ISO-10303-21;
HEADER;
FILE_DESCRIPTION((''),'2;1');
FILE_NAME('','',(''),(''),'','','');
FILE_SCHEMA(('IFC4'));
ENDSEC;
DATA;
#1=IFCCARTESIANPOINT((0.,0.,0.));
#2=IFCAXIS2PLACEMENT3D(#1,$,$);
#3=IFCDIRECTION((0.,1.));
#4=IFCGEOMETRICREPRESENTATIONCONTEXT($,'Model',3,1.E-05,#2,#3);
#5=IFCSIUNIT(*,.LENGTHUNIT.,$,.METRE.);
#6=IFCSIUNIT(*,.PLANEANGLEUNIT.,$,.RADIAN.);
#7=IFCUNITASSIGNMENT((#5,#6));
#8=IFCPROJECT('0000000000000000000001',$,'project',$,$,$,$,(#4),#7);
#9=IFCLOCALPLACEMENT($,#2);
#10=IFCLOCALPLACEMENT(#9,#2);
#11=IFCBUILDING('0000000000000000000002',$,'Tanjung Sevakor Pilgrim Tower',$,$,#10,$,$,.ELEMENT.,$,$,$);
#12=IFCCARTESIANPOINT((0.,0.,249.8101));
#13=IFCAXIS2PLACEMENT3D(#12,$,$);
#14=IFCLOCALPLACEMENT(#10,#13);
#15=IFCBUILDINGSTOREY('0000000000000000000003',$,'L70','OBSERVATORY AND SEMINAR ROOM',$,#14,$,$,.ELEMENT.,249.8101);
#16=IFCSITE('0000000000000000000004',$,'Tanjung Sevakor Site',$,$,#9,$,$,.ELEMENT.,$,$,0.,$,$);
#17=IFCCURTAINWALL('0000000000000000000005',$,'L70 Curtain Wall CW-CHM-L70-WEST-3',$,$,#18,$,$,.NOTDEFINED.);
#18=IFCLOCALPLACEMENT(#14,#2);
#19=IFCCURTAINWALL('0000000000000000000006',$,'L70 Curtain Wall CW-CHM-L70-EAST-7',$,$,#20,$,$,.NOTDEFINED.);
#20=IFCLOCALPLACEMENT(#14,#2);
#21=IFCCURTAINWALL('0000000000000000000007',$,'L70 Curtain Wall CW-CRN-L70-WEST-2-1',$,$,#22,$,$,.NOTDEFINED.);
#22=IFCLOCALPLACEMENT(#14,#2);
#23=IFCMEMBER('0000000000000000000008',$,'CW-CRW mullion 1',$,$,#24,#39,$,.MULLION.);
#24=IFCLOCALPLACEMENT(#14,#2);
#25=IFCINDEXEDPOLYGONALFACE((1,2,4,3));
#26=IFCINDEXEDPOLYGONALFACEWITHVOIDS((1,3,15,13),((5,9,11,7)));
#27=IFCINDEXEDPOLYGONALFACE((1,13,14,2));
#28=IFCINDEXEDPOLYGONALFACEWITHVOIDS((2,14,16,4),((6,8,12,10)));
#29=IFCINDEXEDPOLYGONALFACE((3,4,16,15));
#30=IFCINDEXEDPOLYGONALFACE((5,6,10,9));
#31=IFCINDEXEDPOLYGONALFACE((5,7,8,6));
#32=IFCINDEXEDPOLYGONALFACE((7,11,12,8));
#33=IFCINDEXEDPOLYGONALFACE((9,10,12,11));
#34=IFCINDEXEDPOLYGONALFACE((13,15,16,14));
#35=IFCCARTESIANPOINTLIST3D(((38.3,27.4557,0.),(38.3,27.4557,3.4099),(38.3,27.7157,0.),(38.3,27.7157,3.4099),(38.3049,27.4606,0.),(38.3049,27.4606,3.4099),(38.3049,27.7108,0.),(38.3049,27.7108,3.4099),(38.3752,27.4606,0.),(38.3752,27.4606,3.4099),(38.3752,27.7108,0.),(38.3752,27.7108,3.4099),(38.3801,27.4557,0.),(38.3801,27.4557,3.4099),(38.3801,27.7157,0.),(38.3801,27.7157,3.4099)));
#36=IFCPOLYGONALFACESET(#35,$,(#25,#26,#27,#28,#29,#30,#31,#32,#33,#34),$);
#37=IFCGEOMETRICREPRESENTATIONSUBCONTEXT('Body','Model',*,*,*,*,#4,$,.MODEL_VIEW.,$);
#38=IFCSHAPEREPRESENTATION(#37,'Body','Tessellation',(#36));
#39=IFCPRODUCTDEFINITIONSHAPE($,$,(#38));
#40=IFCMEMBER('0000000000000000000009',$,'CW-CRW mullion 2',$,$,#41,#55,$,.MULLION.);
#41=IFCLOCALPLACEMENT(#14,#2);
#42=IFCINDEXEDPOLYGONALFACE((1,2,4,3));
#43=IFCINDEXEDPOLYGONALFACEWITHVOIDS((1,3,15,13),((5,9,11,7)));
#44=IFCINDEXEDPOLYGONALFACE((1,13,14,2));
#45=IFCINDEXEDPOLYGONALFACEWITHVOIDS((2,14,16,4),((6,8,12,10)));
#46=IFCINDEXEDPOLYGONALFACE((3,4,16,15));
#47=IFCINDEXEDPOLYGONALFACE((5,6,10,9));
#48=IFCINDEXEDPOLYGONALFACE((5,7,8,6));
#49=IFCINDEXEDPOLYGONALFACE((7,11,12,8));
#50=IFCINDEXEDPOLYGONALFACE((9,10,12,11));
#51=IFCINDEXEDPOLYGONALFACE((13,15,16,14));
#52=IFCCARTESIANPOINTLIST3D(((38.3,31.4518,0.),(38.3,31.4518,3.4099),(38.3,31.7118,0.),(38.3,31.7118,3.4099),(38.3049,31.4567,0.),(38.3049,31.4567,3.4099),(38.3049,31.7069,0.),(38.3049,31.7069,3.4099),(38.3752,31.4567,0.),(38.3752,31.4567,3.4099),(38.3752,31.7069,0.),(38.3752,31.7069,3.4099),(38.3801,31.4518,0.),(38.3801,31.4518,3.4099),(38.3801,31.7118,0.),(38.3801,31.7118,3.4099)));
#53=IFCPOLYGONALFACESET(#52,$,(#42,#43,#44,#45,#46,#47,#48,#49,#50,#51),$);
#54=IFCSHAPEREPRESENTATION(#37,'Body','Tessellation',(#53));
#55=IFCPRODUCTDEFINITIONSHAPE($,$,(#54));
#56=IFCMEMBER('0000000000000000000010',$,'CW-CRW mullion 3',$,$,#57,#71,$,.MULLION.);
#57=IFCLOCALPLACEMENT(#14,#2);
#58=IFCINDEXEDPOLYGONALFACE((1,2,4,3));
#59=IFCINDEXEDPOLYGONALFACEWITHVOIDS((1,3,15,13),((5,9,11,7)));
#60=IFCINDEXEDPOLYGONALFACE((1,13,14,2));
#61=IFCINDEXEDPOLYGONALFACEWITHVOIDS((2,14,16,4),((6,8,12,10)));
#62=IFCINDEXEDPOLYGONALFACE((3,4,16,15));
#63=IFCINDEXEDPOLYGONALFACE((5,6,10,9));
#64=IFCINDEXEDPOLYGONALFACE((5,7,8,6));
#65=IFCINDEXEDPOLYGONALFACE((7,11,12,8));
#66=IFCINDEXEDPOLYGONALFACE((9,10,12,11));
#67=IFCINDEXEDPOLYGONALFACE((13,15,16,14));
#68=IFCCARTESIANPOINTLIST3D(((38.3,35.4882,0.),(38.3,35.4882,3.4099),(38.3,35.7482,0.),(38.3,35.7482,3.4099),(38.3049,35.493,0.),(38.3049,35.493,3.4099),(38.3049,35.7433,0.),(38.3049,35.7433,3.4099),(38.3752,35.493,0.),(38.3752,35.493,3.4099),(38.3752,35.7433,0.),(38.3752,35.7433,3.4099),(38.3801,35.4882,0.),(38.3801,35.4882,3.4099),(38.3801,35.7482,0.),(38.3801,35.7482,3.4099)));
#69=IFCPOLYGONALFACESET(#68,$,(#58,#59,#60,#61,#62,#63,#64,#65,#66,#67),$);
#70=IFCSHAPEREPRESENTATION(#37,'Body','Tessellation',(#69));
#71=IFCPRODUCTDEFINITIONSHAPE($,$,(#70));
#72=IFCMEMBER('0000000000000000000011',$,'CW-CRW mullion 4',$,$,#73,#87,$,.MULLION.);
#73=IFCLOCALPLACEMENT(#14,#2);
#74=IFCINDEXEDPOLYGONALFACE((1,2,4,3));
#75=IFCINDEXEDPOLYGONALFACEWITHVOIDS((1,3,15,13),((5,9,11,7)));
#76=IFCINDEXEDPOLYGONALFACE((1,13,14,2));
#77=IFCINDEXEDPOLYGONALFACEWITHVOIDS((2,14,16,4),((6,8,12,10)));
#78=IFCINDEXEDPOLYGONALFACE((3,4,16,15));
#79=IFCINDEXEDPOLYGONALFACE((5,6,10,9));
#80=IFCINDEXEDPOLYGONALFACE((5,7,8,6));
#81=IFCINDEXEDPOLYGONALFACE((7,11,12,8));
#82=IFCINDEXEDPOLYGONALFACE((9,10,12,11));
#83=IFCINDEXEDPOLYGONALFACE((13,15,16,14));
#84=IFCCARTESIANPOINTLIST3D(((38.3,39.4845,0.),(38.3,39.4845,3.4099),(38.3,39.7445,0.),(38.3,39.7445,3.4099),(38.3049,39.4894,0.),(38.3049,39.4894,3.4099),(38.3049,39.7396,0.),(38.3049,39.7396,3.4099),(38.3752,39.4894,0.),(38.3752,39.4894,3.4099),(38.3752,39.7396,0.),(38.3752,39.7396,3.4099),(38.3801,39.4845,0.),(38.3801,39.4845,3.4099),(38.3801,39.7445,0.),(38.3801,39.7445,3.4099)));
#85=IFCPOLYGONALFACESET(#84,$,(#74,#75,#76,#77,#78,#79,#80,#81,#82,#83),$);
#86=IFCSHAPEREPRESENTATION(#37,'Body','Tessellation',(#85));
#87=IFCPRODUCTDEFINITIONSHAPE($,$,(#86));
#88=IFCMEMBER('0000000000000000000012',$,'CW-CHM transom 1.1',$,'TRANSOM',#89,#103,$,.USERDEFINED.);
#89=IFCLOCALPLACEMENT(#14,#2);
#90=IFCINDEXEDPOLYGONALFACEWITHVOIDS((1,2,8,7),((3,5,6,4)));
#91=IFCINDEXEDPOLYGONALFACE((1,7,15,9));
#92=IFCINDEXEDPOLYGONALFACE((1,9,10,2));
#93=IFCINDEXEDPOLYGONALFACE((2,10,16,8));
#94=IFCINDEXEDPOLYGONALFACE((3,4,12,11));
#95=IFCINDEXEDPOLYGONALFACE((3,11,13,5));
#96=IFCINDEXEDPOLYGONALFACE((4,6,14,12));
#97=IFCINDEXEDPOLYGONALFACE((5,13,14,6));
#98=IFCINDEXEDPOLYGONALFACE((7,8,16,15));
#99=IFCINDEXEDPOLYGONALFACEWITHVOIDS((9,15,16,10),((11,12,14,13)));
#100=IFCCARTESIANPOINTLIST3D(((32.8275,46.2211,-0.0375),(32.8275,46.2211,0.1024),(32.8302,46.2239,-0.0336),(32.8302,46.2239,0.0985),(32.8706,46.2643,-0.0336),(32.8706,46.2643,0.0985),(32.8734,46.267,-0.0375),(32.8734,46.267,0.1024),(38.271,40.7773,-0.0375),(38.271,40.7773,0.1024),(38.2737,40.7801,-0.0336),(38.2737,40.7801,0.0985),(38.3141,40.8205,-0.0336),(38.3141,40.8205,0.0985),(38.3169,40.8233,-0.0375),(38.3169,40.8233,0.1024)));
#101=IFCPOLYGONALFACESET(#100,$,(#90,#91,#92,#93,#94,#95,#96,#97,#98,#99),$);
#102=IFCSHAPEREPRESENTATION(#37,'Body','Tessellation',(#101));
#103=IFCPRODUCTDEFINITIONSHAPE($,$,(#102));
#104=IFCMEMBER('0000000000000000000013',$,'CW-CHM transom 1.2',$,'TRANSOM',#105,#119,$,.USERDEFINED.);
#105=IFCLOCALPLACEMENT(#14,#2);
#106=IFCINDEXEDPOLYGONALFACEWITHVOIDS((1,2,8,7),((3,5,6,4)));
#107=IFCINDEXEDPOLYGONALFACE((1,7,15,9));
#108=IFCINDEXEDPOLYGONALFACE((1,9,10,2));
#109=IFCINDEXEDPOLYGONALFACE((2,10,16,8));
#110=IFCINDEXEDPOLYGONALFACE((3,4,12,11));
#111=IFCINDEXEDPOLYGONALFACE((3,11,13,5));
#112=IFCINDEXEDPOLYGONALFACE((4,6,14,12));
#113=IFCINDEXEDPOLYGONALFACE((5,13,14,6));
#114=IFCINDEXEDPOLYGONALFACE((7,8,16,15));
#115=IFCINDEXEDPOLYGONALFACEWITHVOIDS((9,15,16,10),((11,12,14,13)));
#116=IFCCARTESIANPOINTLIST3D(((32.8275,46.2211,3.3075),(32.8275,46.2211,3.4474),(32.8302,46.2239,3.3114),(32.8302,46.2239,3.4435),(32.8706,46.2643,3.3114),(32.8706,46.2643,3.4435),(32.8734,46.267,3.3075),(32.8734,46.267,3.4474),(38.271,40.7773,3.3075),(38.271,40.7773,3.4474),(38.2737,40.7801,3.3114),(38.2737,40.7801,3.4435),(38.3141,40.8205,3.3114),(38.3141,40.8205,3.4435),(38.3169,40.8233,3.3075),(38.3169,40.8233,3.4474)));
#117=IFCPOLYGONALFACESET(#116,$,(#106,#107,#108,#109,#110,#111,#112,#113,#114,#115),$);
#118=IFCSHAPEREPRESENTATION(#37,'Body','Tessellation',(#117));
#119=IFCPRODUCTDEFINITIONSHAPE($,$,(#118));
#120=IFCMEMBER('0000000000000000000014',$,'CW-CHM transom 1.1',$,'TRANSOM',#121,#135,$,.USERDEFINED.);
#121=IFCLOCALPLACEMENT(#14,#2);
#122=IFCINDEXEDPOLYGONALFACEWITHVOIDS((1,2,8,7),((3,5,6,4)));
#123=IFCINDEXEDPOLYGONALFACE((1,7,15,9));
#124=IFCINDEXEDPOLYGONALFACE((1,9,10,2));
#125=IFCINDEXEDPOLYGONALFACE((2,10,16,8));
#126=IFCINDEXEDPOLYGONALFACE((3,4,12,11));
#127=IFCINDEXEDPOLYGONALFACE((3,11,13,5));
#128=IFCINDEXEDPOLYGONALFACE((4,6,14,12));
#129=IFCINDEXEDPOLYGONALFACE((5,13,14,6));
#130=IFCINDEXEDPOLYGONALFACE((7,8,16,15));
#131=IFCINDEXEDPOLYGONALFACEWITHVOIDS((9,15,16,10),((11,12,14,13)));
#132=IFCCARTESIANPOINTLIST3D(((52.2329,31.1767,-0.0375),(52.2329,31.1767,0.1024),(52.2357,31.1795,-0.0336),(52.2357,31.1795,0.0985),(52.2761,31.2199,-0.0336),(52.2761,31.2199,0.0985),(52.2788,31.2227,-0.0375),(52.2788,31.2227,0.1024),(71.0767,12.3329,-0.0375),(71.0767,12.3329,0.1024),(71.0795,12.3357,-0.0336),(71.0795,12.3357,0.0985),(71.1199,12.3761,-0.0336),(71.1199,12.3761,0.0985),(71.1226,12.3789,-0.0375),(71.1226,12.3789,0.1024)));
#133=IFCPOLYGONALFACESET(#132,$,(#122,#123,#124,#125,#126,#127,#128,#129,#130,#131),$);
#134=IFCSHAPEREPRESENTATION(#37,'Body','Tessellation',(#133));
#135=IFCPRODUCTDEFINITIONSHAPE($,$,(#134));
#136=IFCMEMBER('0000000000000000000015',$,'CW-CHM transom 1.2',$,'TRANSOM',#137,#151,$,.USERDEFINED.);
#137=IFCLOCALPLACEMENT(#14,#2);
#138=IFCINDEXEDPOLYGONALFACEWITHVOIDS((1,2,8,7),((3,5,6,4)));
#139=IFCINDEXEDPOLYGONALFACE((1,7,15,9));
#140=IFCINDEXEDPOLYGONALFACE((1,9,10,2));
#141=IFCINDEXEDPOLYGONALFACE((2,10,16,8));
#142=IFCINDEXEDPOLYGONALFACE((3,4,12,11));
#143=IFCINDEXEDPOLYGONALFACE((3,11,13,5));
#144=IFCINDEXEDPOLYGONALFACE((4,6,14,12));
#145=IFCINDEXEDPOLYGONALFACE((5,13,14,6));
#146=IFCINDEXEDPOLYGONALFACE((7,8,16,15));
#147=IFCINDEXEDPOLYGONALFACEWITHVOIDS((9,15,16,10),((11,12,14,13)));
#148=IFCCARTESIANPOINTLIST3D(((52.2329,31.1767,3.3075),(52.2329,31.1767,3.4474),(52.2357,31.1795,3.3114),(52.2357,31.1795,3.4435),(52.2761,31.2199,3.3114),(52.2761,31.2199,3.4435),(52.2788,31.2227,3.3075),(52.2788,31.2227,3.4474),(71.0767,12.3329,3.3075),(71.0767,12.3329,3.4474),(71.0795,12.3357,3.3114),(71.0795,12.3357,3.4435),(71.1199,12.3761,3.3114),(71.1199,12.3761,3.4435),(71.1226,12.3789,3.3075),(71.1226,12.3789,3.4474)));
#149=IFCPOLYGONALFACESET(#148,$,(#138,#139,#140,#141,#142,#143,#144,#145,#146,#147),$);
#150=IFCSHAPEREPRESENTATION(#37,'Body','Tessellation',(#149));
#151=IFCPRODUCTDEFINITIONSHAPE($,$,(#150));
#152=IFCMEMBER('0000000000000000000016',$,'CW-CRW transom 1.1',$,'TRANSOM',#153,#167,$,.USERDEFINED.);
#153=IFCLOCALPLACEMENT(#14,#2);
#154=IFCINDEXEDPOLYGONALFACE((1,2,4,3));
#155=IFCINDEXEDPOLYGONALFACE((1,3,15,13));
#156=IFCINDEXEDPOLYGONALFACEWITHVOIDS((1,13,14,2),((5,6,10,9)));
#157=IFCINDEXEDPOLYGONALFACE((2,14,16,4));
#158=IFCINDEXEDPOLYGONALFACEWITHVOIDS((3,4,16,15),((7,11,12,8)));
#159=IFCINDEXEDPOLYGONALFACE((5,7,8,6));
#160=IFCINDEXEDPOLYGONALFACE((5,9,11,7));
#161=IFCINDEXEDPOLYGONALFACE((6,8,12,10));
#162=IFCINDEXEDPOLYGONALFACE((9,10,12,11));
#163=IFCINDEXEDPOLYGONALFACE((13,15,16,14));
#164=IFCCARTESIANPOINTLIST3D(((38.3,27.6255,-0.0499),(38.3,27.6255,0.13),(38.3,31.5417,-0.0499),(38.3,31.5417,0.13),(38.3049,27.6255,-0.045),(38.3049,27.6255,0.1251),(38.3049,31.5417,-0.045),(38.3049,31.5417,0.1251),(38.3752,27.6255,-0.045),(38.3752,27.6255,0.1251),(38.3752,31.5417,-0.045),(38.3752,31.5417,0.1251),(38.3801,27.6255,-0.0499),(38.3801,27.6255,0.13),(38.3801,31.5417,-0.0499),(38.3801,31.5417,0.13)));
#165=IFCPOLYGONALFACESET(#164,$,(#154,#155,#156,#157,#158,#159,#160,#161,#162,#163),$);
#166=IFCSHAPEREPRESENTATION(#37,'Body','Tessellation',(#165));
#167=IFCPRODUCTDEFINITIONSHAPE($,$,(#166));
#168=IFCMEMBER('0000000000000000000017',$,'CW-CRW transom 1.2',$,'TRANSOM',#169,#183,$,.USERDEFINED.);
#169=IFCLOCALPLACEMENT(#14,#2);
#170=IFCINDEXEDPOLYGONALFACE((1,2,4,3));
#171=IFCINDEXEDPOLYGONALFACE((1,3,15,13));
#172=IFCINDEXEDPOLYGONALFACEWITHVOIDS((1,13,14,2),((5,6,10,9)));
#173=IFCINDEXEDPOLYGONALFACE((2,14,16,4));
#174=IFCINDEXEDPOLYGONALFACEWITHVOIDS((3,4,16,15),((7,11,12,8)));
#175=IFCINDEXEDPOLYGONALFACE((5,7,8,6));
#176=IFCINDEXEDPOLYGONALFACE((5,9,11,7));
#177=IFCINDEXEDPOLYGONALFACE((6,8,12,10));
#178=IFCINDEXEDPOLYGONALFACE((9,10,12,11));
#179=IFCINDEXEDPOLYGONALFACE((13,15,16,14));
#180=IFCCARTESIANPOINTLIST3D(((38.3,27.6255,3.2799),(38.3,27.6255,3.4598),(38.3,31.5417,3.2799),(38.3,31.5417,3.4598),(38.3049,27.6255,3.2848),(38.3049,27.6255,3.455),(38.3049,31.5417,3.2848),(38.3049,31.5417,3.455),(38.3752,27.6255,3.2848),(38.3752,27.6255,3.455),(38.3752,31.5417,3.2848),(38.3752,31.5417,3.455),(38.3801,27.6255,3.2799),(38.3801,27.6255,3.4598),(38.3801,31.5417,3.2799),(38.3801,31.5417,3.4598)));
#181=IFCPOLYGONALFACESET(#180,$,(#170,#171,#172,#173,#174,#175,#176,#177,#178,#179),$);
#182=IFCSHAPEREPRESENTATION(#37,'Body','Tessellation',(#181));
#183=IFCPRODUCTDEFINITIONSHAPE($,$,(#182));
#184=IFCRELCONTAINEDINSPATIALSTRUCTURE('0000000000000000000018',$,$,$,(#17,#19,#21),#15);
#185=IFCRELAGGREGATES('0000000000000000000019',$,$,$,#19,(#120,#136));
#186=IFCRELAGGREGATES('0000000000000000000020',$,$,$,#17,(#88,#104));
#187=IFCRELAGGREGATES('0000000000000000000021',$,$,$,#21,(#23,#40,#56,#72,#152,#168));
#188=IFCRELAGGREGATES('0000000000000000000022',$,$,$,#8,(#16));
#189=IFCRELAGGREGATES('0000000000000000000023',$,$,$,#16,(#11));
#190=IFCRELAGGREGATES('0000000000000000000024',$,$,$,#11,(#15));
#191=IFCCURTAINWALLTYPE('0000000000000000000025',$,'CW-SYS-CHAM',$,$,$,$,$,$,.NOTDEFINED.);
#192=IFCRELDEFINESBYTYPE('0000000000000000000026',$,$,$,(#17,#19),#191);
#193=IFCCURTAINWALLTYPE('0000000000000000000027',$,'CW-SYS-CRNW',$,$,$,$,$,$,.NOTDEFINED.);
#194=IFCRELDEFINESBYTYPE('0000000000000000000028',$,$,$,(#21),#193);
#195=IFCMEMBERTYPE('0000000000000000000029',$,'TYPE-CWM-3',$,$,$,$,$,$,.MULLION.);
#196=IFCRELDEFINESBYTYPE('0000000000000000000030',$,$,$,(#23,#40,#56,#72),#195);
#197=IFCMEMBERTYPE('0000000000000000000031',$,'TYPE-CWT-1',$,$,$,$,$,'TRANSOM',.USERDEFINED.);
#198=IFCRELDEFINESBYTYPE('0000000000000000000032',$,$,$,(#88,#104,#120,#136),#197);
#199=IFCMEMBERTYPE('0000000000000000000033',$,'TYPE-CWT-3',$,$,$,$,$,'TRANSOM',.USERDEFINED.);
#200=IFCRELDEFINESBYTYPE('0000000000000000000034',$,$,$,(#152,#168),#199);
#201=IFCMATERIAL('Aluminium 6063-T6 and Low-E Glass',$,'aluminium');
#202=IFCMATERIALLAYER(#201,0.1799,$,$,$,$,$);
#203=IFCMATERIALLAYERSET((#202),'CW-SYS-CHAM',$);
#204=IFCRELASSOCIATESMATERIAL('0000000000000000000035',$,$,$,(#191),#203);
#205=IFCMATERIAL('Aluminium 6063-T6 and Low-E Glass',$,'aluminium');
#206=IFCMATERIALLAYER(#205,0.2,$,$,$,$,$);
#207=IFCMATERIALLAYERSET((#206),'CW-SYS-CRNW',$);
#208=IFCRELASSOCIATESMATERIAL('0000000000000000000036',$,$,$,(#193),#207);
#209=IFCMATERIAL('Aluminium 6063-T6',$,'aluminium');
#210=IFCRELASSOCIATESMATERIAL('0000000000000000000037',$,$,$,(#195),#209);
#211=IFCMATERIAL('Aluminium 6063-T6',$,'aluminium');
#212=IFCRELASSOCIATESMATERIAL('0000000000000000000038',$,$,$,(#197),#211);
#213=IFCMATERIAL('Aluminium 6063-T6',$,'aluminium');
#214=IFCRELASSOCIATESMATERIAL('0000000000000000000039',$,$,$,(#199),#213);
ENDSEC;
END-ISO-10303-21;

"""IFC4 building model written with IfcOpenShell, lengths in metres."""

from ifc_helpers import new_model, si_unit, direction, frame, origin, origin_2d, place, context, subcontext, project, spatial, hollow_rectangle, extrude, material, layer, layer_set, material_profile, profile_set, type_object, element, aggregate, save


model = new_model("IFC4")

# Units and contexts
model_context = context("Model", 3, precision=1e-05, world=origin(), true_north=direction((0.0, 1.0)))
body_context = subcontext(model_context, "Body", "Model", "MODEL_VIEW")
ifc_project = project(units=[si_unit("LENGTHUNIT", "METRE"), si_unit("PLANEANGLEUNIT", "RADIAN")], contexts=[model_context])

# Site, building, storey
site_placement = place(None, origin())
site = spatial("IfcSite", under=ifc_project, at=site_placement, Name="Tanjung Sevakor Site", CompositionType="ELEMENT", RefElevation=0.0)
building_placement = place(site_placement, origin())
building = spatial("IfcBuilding", under=site, at=building_placement, Name="Tanjung Sevakor Pilgrim Tower", CompositionType="ELEMENT")
storey_placement = place(building_placement, frame((0.0, 0.0, 249.8101)))
storey = spatial("IfcBuildingStorey", under=building, at=storey_placement, Name="L70", Description="OBSERVATORY AND SEMINAR ROOM", CompositionType="ELEMENT", Elevation=249.8101)

# Curtain walls
ifc_material_1 = material(Name="Aluminium 6063-T6 and Low-E Glass", Category="aluminium")
ifc_layer_1 = layer(ifc_material_1, 0.1799)
ifc_layer_set_1 = layer_set([ifc_layer_1], Name="CW-SYS-CHAM")
curtain_wall_type_1 = type_object("IfcCurtainWallType", Name="CW-SYS-CHAM", PredefinedType="NOTDEFINED", material=ifc_layer_set_1)
curtain_wall_1_placement = place(storey_placement, origin())
curtain_wall_1 = element("IfcCurtainWall", 1, at=curtain_wall_1_placement, inside=storey, type_object=curtain_wall_type_1, Name="L70 Curtain Wall CW-CHM-L70-WEST-3", PredefinedType="NOTDEFINED")
curtain_wall_2_placement = place(storey_placement, origin())
curtain_wall_2 = element("IfcCurtainWall", 2, at=curtain_wall_2_placement, inside=storey, type_object=curtain_wall_type_1, Name="L70 Curtain Wall CW-CHM-L70-EAST-7", PredefinedType="NOTDEFINED")

# Curtain wall, members
ifc_material_2 = material(Name="Aluminium 6063-T6 and Low-E Glass", Category="aluminium")
ifc_layer_2 = layer(ifc_material_2, 0.2)
ifc_layer_set_2 = layer_set([ifc_layer_2], Name="CW-SYS-CRNW")
curtain_wall_type_2 = type_object("IfcCurtainWallType", Name="CW-SYS-CRNW", PredefinedType="NOTDEFINED", material=ifc_layer_set_2)
curtain_wall_3_placement = place(storey_placement, origin())
curtain_wall_3 = element("IfcCurtainWall", 3, at=curtain_wall_3_placement, inside=storey, type_object=curtain_wall_type_2, Name="L70 Curtain Wall CW-CRN-L70-WEST-2-1", PredefinedType="NOTDEFINED")
ifc_material_3 = material(Name="Aluminium 6063-T6", Category="aluminium")
ifc_material_profile_1 = material_profile(ifc_material_3, hollow_rectangle(XDim=0.0801, YDim=0.26, WallThickness=0.0049, at=origin_2d()))
ifc_profile_set_1 = profile_set([ifc_material_profile_1], Name="Aluminium 6063-T6")
member_type_1 = type_object("IfcMemberType", Name="TYPE-CWM-3", PredefinedType="MULLION", material=ifc_profile_set_1)
member_1_placement = place(storey_placement, frame((38.3401, 27.5857, 0.0), z_axis=(0.0, 0.0, 1.0), x_axis=(-1.0, 0.0, 0.0)))
member_1 = element("IfcMember", 4, at=member_1_placement, type_object=member_type_1, Name="CW-CRW mullion 1", PredefinedType="MULLION", context=body_context, shape_type="SweptSolid", body=[
    extrude(hollow_rectangle(XDim=0.0801, YDim=0.26, WallThickness=0.0049, at=origin_2d()), origin(), (0.0, 0.0, 1.0), 3.4099),
])
member_2_placement = place(storey_placement, frame((38.3401, 31.5818, 0.0), z_axis=(0.0, 0.0, 1.0), x_axis=(-1.0, 0.0, 0.0)))
member_2 = element("IfcMember", 5, at=member_2_placement, type_object=member_type_1, Name="CW-CRW mullion 2", PredefinedType="MULLION", context=body_context, shape_type="SweptSolid", body=[
    extrude(hollow_rectangle(XDim=0.0801, YDim=0.26, WallThickness=0.0049, at=origin_2d()), origin(), (0.0, 0.0, 1.0), 3.4099),
])
member_3_placement = place(storey_placement, frame((38.3401, 35.6182, 0.0), z_axis=(0.0, 0.0, 1.0), x_axis=(-1.0, 0.0, 0.0)))
member_3 = element("IfcMember", 6, at=member_3_placement, type_object=member_type_1, Name="CW-CRW mullion 3", PredefinedType="MULLION", context=body_context, shape_type="SweptSolid", body=[
    extrude(hollow_rectangle(XDim=0.0801, YDim=0.26, WallThickness=0.0049, at=origin_2d()), origin(), (0.0, 0.0, 1.0), 3.4099),
])
member_4_placement = place(storey_placement, frame((38.3401, 39.6145, 0.0), z_axis=(0.0, 0.0, 1.0), x_axis=(-1.0, 0.0, 0.0)))
member_4 = element("IfcMember", 7, at=member_4_placement, type_object=member_type_1, Name="CW-CRW mullion 4", PredefinedType="MULLION", context=body_context, shape_type="SweptSolid", body=[
    extrude(hollow_rectangle(XDim=0.0801, YDim=0.26, WallThickness=0.0049, at=origin_2d()), origin(), (0.0, 0.0, 1.0), 3.4099),
])

# Members
ifc_material_4 = material(Name="Aluminium 6063-T6", Category="aluminium")
ifc_material_profile_2 = material_profile(ifc_material_4, hollow_rectangle(XDim=0.0649, YDim=0.1399, WallThickness=0.0039, at=origin_2d()))
ifc_profile_set_2 = profile_set([ifc_material_profile_2], Name="Aluminium 6063-T6")
member_type_2 = type_object("IfcMemberType", Name="TYPE-CWT-1", ElementType="TRANSOM", PredefinedType="USERDEFINED", material=ifc_profile_set_2)
member_5_placement = place(storey_placement, frame((38.2939, 40.8003, 0.0325), z_axis=(-0.707091, 0.707123, 0.0), x_axis=(-0.707123, -0.707091, 0.0)))
member_5 = element("IfcMember", 8, at=member_5_placement, type_object=member_type_2, Name="CW-CHM transom 1.1", ObjectType="TRANSOM", PredefinedType="USERDEFINED", context=body_context, shape_type="SweptSolid", body=[
    extrude(hollow_rectangle(XDim=0.0649, YDim=0.1399, WallThickness=0.0039, at=origin_2d()), origin(), (0.0, 0.0, 1.0), 7.6985),
])
member_6_placement = place(storey_placement, frame((38.2939, 40.8003, 3.3774), z_axis=(-0.707091, 0.707123, 0.0), x_axis=(-0.707123, -0.707091, 0.0)))
member_6 = element("IfcMember", 9, at=member_6_placement, type_object=member_type_2, Name="CW-CHM transom 1.2", ObjectType="TRANSOM", PredefinedType="USERDEFINED", context=body_context, shape_type="SweptSolid", body=[
    extrude(hollow_rectangle(XDim=0.0649, YDim=0.1399, WallThickness=0.0039, at=origin_2d()), origin(), (0.0, 0.0, 1.0), 7.6985),
])
member_7_placement = place(storey_placement, frame((52.2559, 31.1997, 0.0325), z_axis=(0.707107, -0.707107, 0.0), x_axis=(0.707107, 0.707107, 0.0)))
member_7 = element("IfcMember", 10, at=member_7_placement, type_object=member_type_2, Name="CW-CHM transom 1.1", ObjectType="TRANSOM", PredefinedType="USERDEFINED", context=body_context, shape_type="SweptSolid", body=[
    extrude(hollow_rectangle(XDim=0.0649, YDim=0.1399, WallThickness=0.0039, at=origin_2d()), origin(), (0.0, 0.0, 1.0), 26.6492),
])
member_8_placement = place(storey_placement, frame((52.2559, 31.1997, 3.3774), z_axis=(0.707107, -0.707107, 0.0), x_axis=(0.707107, 0.707107, 0.0)))
member_8 = element("IfcMember", 11, at=member_8_placement, type_object=member_type_2, Name="CW-CHM transom 1.2", ObjectType="TRANSOM", PredefinedType="USERDEFINED", context=body_context, shape_type="SweptSolid", body=[
    extrude(hollow_rectangle(XDim=0.0649, YDim=0.1399, WallThickness=0.0039, at=origin_2d()), origin(), (0.0, 0.0, 1.0), 26.6492),
])
aggregate(curtain_wall_2, [member_7, member_8])
ifc_material_5 = material(Name="Aluminium 6063-T6", Category="aluminium")
ifc_material_profile_3 = material_profile(ifc_material_5, hollow_rectangle(XDim=0.0801, YDim=0.1799, WallThickness=0.0049, at=origin_2d()))
ifc_profile_set_3 = profile_set([ifc_material_profile_3], Name="Aluminium 6063-T6")
member_type_3 = type_object("IfcMemberType", Name="TYPE-CWT-3", ElementType="TRANSOM", PredefinedType="USERDEFINED", material=ifc_profile_set_3)
member_9_placement = place(storey_placement, frame((38.3401, 27.6255, 0.04), z_axis=(0.0, 1.0, 0.0), x_axis=(-1.0, 0.0, 0.0)))
member_9 = element("IfcMember", 12, at=member_9_placement, type_object=member_type_3, Name="CW-CRW transom 1.1", ObjectType="TRANSOM", PredefinedType="USERDEFINED", context=body_context, shape_type="SweptSolid", body=[
    extrude(hollow_rectangle(XDim=0.0801, YDim=0.1799, WallThickness=0.0049, at=origin_2d()), origin(), (0.0, 0.0, 1.0), 3.9163),
])
member_10_placement = place(storey_placement, frame((38.3401, 27.6255, 3.3699), z_axis=(0.0, 1.0, 0.0), x_axis=(-1.0, 0.0, 0.0)))
member_10 = element("IfcMember", 13, at=member_10_placement, type_object=member_type_3, Name="CW-CRW transom 1.2", ObjectType="TRANSOM", PredefinedType="USERDEFINED", context=body_context, shape_type="SweptSolid", body=[
    extrude(hollow_rectangle(XDim=0.0801, YDim=0.1799, WallThickness=0.0049, at=origin_2d()), origin(), (0.0, 0.0, 1.0), 3.9163),
])

aggregate(curtain_wall_1, [member_5, member_6])
aggregate(curtain_wall_3, [member_1, member_2, member_3, member_4, member_9, member_10])

save(model, "model.ifc")
